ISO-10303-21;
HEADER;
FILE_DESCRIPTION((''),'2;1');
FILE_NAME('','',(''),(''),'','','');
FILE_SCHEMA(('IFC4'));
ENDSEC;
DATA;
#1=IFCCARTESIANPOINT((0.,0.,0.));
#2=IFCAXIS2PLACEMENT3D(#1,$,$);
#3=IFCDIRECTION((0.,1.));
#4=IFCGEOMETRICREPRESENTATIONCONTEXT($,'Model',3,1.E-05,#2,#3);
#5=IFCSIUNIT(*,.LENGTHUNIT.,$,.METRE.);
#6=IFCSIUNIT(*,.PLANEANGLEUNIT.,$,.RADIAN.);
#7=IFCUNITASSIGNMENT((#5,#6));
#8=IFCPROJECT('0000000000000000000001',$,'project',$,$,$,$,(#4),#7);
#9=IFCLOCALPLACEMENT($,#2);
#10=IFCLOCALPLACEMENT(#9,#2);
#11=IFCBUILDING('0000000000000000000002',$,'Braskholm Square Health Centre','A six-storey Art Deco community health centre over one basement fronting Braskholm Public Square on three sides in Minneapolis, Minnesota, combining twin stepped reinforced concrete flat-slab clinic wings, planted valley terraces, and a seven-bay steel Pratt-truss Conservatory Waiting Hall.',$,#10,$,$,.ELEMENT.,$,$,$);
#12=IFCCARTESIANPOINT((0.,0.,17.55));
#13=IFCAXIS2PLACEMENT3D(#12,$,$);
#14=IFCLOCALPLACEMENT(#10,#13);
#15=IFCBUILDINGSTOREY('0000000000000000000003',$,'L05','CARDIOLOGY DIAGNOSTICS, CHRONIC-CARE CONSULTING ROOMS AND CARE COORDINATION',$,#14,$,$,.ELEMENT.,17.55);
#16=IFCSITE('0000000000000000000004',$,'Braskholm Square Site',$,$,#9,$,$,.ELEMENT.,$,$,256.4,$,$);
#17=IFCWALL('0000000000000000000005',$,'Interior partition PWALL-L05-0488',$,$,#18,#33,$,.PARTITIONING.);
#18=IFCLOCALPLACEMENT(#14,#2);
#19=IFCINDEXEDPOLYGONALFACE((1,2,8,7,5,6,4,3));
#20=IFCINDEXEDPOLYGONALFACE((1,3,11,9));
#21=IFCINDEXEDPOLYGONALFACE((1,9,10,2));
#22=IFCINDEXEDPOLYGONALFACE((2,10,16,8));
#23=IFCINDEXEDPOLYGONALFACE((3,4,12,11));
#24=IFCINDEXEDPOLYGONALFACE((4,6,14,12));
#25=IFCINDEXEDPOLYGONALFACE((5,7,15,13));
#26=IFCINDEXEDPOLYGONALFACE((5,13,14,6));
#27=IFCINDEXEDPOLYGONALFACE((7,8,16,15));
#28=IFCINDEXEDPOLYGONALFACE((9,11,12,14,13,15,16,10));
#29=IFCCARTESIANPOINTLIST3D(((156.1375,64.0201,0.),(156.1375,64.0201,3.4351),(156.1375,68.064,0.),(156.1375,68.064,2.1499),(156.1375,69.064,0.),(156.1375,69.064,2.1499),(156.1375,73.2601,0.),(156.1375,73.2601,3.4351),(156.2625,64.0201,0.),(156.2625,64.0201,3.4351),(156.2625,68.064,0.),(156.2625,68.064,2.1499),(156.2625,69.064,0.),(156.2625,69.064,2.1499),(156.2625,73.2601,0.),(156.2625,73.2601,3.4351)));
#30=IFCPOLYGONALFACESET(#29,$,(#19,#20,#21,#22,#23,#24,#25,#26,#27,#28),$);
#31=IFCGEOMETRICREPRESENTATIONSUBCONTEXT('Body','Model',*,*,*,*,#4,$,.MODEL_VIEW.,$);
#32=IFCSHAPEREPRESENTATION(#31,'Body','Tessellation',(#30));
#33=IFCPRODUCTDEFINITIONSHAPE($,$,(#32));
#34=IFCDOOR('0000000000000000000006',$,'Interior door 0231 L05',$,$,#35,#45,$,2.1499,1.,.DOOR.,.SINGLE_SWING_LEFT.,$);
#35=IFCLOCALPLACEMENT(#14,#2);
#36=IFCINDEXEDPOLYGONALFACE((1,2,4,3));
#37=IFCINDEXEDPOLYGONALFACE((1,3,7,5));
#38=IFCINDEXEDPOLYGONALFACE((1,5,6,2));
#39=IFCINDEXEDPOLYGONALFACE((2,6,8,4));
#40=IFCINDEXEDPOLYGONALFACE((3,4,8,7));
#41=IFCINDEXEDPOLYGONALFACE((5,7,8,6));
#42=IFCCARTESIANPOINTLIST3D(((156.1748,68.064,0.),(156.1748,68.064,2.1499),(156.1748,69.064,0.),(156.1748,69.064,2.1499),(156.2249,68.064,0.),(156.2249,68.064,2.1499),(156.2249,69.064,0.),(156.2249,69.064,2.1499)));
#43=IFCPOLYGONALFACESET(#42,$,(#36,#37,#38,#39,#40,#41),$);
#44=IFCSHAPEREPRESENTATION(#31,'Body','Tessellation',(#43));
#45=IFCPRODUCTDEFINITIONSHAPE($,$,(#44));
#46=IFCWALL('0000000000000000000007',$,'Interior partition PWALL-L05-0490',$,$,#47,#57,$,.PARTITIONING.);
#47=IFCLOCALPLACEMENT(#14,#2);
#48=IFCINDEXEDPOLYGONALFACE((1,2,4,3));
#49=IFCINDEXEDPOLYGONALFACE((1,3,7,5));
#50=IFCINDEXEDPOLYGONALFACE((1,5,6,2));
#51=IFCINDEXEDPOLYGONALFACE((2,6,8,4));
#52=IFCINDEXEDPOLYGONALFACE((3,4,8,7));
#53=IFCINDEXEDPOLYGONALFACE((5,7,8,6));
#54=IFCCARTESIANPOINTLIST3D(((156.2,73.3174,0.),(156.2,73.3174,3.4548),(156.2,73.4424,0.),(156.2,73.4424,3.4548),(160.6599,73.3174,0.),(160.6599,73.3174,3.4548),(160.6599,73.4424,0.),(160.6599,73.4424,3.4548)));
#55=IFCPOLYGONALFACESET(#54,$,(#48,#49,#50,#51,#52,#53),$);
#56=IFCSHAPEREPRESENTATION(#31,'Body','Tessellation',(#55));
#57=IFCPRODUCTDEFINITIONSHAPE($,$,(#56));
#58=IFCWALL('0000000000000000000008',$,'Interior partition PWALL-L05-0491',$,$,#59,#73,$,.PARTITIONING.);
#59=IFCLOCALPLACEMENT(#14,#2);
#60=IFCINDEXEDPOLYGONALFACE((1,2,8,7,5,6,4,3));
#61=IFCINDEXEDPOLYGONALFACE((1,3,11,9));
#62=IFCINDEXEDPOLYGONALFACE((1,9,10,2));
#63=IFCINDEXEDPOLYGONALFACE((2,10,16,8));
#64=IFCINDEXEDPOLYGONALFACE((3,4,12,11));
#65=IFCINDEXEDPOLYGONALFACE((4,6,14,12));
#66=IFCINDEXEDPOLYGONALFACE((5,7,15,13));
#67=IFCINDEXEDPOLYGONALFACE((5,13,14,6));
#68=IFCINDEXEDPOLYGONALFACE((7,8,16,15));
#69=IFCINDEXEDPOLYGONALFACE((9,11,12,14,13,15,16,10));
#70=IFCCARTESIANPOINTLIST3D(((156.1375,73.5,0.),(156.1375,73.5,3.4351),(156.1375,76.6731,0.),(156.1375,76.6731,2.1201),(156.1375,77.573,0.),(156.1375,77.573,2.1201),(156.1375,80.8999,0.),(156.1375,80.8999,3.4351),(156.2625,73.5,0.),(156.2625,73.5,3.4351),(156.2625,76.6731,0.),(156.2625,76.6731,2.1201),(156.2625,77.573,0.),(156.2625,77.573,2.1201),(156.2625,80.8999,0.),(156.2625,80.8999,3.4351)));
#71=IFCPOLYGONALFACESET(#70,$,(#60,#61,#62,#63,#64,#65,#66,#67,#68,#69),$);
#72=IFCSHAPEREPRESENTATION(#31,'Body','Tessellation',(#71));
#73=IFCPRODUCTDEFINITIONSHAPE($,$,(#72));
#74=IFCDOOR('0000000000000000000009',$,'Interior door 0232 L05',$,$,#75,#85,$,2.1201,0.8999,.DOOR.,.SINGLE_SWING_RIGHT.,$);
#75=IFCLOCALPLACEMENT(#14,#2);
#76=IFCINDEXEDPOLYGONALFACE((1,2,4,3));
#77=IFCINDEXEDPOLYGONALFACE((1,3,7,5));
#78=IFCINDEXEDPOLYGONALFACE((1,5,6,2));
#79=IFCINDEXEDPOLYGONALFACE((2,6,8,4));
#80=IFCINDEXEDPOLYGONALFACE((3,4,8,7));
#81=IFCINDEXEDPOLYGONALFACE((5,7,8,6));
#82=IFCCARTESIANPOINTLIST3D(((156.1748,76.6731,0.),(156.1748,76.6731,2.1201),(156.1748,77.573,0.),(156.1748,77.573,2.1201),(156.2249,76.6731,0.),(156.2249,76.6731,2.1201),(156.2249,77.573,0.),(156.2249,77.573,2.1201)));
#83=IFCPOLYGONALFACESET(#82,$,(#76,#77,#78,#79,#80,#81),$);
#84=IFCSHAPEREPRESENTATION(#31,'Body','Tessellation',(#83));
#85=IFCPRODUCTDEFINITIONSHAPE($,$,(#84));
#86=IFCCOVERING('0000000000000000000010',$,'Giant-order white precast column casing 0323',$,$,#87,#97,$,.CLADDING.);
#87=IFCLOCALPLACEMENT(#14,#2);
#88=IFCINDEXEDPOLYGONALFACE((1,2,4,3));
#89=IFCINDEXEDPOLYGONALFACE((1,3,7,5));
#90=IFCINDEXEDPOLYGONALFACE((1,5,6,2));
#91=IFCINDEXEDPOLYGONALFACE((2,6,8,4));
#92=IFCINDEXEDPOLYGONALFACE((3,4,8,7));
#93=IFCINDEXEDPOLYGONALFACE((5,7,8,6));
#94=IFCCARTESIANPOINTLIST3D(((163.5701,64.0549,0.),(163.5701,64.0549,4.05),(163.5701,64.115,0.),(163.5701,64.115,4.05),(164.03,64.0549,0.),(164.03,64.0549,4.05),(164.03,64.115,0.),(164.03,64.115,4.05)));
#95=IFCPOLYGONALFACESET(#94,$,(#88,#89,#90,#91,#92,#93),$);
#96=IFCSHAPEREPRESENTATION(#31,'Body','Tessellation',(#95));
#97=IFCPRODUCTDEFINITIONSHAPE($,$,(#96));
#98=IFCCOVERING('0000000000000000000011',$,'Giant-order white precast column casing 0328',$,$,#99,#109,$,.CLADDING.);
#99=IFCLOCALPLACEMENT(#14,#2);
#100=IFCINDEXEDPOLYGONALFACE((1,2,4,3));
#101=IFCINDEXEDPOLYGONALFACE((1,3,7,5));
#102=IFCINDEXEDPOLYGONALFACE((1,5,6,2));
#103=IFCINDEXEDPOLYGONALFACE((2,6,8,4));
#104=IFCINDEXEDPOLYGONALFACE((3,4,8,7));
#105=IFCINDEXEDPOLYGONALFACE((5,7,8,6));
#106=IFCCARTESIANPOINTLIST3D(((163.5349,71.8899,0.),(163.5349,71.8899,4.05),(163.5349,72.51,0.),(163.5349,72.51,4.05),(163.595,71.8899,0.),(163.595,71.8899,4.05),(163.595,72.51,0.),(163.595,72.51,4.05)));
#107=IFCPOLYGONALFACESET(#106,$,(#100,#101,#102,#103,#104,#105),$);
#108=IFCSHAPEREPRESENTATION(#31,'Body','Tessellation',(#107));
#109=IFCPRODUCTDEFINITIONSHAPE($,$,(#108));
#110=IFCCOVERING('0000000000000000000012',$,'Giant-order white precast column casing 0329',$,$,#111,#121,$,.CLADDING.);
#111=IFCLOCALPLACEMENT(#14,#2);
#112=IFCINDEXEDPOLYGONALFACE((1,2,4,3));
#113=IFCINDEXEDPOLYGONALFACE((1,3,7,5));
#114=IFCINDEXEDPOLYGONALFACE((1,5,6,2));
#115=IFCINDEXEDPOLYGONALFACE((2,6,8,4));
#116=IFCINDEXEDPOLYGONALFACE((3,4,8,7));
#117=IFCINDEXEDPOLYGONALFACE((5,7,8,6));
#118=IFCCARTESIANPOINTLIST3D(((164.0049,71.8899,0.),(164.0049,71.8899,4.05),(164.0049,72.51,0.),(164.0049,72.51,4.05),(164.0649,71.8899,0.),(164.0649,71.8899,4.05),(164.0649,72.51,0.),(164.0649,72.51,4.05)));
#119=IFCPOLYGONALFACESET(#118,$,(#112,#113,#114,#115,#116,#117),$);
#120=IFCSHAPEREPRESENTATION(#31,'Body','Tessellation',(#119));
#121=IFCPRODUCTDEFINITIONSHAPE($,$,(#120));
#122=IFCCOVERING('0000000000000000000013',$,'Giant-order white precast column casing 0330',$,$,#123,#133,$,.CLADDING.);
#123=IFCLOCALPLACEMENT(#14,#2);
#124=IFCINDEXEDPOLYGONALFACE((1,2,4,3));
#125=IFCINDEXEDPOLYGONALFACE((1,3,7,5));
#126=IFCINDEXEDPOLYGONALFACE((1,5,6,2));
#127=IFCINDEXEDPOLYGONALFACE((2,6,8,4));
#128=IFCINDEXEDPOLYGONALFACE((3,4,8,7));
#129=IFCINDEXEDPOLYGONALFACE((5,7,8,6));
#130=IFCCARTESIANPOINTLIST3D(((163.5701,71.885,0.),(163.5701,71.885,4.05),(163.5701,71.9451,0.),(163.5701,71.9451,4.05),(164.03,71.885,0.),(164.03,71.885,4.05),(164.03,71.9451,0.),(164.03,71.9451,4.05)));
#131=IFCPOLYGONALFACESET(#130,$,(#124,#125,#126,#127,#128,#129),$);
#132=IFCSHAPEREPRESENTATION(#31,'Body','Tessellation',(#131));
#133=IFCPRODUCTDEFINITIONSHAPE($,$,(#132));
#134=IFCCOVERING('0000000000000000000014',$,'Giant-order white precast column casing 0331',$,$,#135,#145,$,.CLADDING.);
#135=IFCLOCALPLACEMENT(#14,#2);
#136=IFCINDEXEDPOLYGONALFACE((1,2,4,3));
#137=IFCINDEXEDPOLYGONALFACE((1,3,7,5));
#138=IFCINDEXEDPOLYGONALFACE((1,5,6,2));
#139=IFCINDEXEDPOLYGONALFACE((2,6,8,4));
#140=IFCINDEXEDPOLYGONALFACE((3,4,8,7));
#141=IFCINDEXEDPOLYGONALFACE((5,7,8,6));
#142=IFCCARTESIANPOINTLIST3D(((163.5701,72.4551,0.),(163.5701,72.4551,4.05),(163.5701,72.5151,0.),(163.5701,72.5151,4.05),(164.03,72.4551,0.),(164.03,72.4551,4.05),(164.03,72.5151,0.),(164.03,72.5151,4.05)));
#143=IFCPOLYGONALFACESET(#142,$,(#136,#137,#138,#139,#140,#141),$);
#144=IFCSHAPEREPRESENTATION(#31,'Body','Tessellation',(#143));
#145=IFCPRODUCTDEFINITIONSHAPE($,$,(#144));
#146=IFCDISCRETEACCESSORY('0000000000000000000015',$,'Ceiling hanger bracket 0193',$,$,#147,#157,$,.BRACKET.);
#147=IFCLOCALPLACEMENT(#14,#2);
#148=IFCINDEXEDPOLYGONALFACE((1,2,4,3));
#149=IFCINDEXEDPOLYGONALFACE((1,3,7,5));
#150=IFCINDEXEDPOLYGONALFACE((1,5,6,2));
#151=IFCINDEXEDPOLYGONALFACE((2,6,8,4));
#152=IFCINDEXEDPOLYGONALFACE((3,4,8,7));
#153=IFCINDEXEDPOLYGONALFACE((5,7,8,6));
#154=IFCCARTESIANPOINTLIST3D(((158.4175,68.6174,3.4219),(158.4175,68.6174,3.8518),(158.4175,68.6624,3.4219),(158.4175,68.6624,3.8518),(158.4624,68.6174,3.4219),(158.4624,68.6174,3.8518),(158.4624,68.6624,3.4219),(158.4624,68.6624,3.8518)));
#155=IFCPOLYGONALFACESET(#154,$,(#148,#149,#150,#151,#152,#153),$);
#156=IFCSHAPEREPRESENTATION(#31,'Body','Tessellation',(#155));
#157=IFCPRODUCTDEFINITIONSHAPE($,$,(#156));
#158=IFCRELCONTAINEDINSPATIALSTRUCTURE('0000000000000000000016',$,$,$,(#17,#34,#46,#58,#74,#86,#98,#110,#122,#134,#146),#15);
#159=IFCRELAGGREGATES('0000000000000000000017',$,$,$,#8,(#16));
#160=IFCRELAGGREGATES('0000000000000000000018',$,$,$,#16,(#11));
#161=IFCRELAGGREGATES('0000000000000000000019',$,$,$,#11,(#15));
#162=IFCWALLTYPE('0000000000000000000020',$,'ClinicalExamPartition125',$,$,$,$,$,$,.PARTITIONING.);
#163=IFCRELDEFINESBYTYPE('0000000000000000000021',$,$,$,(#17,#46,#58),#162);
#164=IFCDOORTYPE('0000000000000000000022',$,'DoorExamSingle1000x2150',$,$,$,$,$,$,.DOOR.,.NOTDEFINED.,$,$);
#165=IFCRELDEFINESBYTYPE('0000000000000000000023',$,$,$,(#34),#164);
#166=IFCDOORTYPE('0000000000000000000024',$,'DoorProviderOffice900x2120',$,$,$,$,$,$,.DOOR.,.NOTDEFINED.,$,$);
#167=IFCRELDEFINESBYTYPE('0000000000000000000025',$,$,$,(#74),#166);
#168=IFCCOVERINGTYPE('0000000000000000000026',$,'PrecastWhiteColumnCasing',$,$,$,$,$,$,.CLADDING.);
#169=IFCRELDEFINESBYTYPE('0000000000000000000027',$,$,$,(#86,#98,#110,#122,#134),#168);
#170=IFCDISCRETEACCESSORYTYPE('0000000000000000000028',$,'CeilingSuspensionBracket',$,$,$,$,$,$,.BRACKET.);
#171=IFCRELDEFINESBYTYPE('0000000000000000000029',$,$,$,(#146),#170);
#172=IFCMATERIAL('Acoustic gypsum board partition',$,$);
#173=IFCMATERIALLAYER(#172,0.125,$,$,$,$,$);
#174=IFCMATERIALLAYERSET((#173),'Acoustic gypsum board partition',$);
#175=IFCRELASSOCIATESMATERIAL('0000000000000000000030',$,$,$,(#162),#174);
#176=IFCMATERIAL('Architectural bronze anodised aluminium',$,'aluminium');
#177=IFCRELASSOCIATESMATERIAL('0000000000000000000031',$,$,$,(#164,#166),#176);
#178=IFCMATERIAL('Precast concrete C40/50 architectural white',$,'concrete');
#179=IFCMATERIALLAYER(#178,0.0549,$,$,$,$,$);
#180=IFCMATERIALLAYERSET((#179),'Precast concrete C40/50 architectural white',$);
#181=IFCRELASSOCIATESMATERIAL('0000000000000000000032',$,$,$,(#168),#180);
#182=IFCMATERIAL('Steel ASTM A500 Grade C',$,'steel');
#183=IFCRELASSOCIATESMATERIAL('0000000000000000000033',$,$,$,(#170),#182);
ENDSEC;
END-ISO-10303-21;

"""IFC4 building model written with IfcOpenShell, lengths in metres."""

from ifc_helpers import new_model, si_unit, direction, frame, frame_2d, origin, origin_2d, place, context, subcontext, project, spatial, rectangle, extrude, material, layer, layer_set, type_object, element, fill, save


model = new_model("IFC4")

# Units and contexts
model_context = context("Model", 3, precision=1e-05, world=origin(), true_north=direction((0.0, 1.0)))
body_context = subcontext(model_context, "Body", "Model", "MODEL_VIEW")
ifc_project = project(units=[si_unit("LENGTHUNIT", "METRE"), si_unit("PLANEANGLEUNIT", "RADIAN")], contexts=[model_context])

# Site, building, storey
site_placement = place(None, origin())
site = spatial("IfcSite", under=ifc_project, at=site_placement, Name="Braskholm Square Site", CompositionType="ELEMENT", RefElevation=256.4)
building_placement = place(site_placement, origin())
building = spatial("IfcBuilding", under=site, at=building_placement, Name="Braskholm Square Health Centre", Description="A six-storey Art Deco community health centre over one basement fronting Braskholm Public Square on three sides in Minneapolis, Minnesota, combining twin stepped reinforced concrete flat-slab clinic wings, planted valley terraces, and a seven-bay steel Pratt-truss Conservatory Waiting Hall.", CompositionType="ELEMENT")
storey_placement = place(building_placement, frame((0.0, 0.0, 17.55)))
storey = spatial("IfcBuildingStorey", under=building, at=storey_placement, Name="L05", Description="CARDIOLOGY DIAGNOSTICS, CHRONIC-CARE CONSULTING ROOMS AND CARE COORDINATION", CompositionType="ELEMENT", Elevation=17.55)

# Shared definitions
ifc_material_1 = material(Name="Precast concrete C40/50 architectural white", Category="concrete")

# Shared definitions
ifc_material_2 = material(Name="Architectural bronze anodised aluminium", Category="aluminium")

# Wall, opening, door
ifc_material_3 = material(Name="Acoustic gypsum board partition")
ifc_layer_1 = layer(ifc_material_3, 0.125)
ifc_layer_set_1 = layer_set([ifc_layer_1], Name="Acoustic gypsum board partition")
wall_type = type_object("IfcWallType", Name="ClinicalExamPartition125", PredefinedType="PARTITIONING", material=ifc_layer_set_1)
wall_1_placement = place(storey_placement, frame((156.2, 64.02, 0.0), z_axis=(0.0, 0.0, 1.0), x_axis=(0.0, 1.0, 0.0)))
wall_1 = element("IfcWall", 1, at=wall_1_placement, inside=storey, type_object=wall_type, Name="Interior partition PWALL-L05-0488", PredefinedType="PARTITIONING", context=body_context, shape_type="SweptSolid", body=[
    extrude(rectangle(XDim=9.24, YDim=0.125, at=frame_2d((4.6201, 0.0))), origin(), (0.0, 0.0, 1.0), 3.4351),
])
opening_1_placement = place(wall_1_placement, frame((4.0439, 0.0, 0.0)))
opening_1 = element("IfcOpeningElement", 2, at=opening_1_placement, cuts=wall_1, PredefinedType="OPENING", context=body_context, shape_type="SweptSolid", body=[
    extrude(rectangle(XDim=1.0, YDim=2.1499, at=frame_2d((0.5, 1.075))), frame((0.0, 0.0725, 0.0), z_axis=(0.0, -1.0, 0.0), x_axis=(1.0, 0.0, 0.0)), (0.0, 0.0, 1.0), 0.145),
])
door_type_1 = type_object("IfcDoorType", Name="DoorExamSingle1000x2150", OperationType="NOTDEFINED", PredefinedType="DOOR", material=ifc_material_2)
door_1_placement = place(opening_1_placement, frame((1.0, 0.0, 0.0), z_axis=(0.0, 0.0, 1.0), x_axis=(-1.0, 0.0, 0.0)))
door_1 = element("IfcDoor", 3, at=door_1_placement, inside=storey, type_object=door_type_1, Name="Interior door 0231 L05", OperationType="SINGLE_SWING_LEFT", OverallHeight=2.1499, OverallWidth=1.0, PredefinedType="DOOR", context=body_context, shape_type="SweptSolid", body=[
    extrude(rectangle(XDim=1.0, YDim=2.1499, at=frame_2d((0.5, 1.075))), frame((0.0, 0.0249, 0.0), z_axis=(0.0, -1.0, 0.0), x_axis=(1.0, 0.0, 0.0)), (0.0, 0.0, 1.0), 0.05),
])
fill(opening_1, door_1)

# Wall
wall_2_placement = place(storey_placement, frame((156.2, 73.3799, 0.0), z_axis=(0.0, 0.0, 1.0), x_axis=(1.0, 0.0, 0.0)))
element("IfcWall", 4, at=wall_2_placement, inside=storey, type_object=wall_type, Name="Interior partition PWALL-L05-0490", PredefinedType="PARTITIONING", context=body_context, shape_type="SweptSolid", body=[
    extrude(rectangle(XDim=4.46, YDim=0.125, at=frame_2d((2.23, 0.0))), origin(), (0.0, 0.0, 1.0), 3.4548),
])

# Wall, opening, door
wall_3_placement = place(storey_placement, frame((156.2, 73.5, 0.0), z_axis=(0.0, 0.0, 1.0), x_axis=(0.0, 1.0, 0.0)))
wall_3 = element("IfcWall", 5, at=wall_3_placement, inside=storey, type_object=wall_type, Name="Interior partition PWALL-L05-0491", PredefinedType="PARTITIONING", context=body_context, shape_type="SweptSolid", body=[
    extrude(rectangle(XDim=7.3999, YDim=0.125, at=frame_2d((3.7, 0.0))), origin(), (0.0, 0.0, 1.0), 3.4351),
])
opening_2_placement = place(wall_3_placement, frame((3.1731, 0.0, 0.0)))
opening_2 = element("IfcOpeningElement", 6, at=opening_2_placement, cuts=wall_3, PredefinedType="OPENING", context=body_context, shape_type="SweptSolid", body=[
    extrude(rectangle(XDim=0.8999, YDim=2.1201, at=frame_2d((0.45, 1.0601))), frame((0.0, 0.0725, 0.0), z_axis=(0.0, -1.0, 0.0), x_axis=(1.0, 0.0, 0.0)), (0.0, 0.0, 1.0), 0.145),
])
door_type_2 = type_object("IfcDoorType", Name="DoorProviderOffice900x2120", OperationType="NOTDEFINED", PredefinedType="DOOR", material=ifc_material_2)
door_2_placement = place(opening_2_placement, frame((0.8999, 0.0, 0.0), z_axis=(0.0, 0.0, 1.0), x_axis=(-1.0, 0.0, 0.0)))
door_2 = element("IfcDoor", 7, at=door_2_placement, inside=storey, type_object=door_type_2, Name="Interior door 0232 L05", OperationType="SINGLE_SWING_RIGHT", OverallHeight=2.1201, OverallWidth=0.8999, PredefinedType="DOOR", context=body_context, shape_type="SweptSolid", body=[
    extrude(rectangle(XDim=0.8999, YDim=2.1201, at=frame_2d((0.45, 1.0601))), frame((0.0, 0.0249, 0.0), z_axis=(0.0, -1.0, 0.0), x_axis=(1.0, 0.0, 0.0)), (0.0, 0.0, 1.0), 0.05),
])
fill(opening_2, door_2)

# Coverings
ifc_layer_2 = layer(ifc_material_1, 0.0549)
ifc_layer_set_2 = layer_set([ifc_layer_2], Name="Precast concrete C40/50 architectural white")
covering_type = type_object("IfcCoveringType", Name="PrecastWhiteColumnCasing", PredefinedType="CLADDING", material=ifc_layer_set_2)
covering_placement = place(storey_placement, frame((163.8, 64.085, 0.0), z_axis=(0.0, 0.0, 1.0), x_axis=(1.0, 0.0, 0.0)))
element("IfcCovering", 8, at=covering_placement, inside=storey, type_object=covering_type, Name="Giant-order white precast column casing 0323", PredefinedType="CLADDING", context=body_context, shape_type="SweptSolid", body=[
    extrude(rectangle(XDim=0.46, YDim=0.0601, at=origin_2d()), origin(), (0.0, 0.0, 1.0), 4.05),
])
for number, where, z_axis, x_axis, name in (
    (9, (163.5649, 72.2, 0.0), (0.0, 0.0, 1.0), (1.0, 0.0, 0.0), "Giant-order white precast column casing 0328"),
    (10, (164.0349, 72.2, 0.0), (0.0, 0.0, 1.0), (1.0, 0.0, 0.0), "Giant-order white precast column casing 0329"),
):
    element("IfcCovering", number, at=place(storey_placement, frame(where, z_axis=z_axis, x_axis=x_axis)), inside=storey, type_object=covering_type, Name=name, PredefinedType="CLADDING", context=body_context, shape_type="SweptSolid", body=[
        extrude(rectangle(XDim=0.0601, YDim=0.6201, at=origin_2d()), origin(), (0.0, 0.0, 1.0), 4.05),
    ])
for number, where, z_axis, x_axis, name in (
    (11, (163.8, 71.915, 0.0), (0.0, 0.0, 1.0), (1.0, 0.0, 0.0), "Giant-order white precast column casing 0330"),
    (12, (163.8, 72.4851, 0.0), (0.0, 0.0, 1.0), (1.0, 0.0, 0.0), "Giant-order white precast column casing 0331"),
):
    element("IfcCovering", number, at=place(storey_placement, frame(where, z_axis=z_axis, x_axis=x_axis)), inside=storey, type_object=covering_type, Name=name, PredefinedType="CLADDING", context=body_context, shape_type="SweptSolid", body=[
        extrude(rectangle(XDim=0.46, YDim=0.0601, at=origin_2d()), origin(), (0.0, 0.0, 1.0), 4.05),
    ])

# Discrete accessory
ifc_material_4 = material(Name="Steel ASTM A500 Grade C", Category="steel")
discrete_accessory_type = type_object("IfcDiscreteAccessoryType", Name="CeilingSuspensionBracket", PredefinedType="BRACKET", material=ifc_material_4)
discrete_accessory_placement = place(storey_placement, frame((158.4399, 68.6399, 3.4219), z_axis=(0.0, 0.0, 1.0), x_axis=(1.0, 0.0, 0.0)))
element("IfcDiscreteAccessory", 13, at=discrete_accessory_placement, inside=storey, type_object=discrete_accessory_type, Name="Ceiling hanger bracket 0193", PredefinedType="BRACKET", context=body_context, shape_type="SweptSolid", body=[
    extrude(rectangle(XDim=0.0449, YDim=0.0449, at=origin_2d()), origin(), (0.0, 0.0, 1.0), 0.4299),
])

save(model, "model.ifc")
